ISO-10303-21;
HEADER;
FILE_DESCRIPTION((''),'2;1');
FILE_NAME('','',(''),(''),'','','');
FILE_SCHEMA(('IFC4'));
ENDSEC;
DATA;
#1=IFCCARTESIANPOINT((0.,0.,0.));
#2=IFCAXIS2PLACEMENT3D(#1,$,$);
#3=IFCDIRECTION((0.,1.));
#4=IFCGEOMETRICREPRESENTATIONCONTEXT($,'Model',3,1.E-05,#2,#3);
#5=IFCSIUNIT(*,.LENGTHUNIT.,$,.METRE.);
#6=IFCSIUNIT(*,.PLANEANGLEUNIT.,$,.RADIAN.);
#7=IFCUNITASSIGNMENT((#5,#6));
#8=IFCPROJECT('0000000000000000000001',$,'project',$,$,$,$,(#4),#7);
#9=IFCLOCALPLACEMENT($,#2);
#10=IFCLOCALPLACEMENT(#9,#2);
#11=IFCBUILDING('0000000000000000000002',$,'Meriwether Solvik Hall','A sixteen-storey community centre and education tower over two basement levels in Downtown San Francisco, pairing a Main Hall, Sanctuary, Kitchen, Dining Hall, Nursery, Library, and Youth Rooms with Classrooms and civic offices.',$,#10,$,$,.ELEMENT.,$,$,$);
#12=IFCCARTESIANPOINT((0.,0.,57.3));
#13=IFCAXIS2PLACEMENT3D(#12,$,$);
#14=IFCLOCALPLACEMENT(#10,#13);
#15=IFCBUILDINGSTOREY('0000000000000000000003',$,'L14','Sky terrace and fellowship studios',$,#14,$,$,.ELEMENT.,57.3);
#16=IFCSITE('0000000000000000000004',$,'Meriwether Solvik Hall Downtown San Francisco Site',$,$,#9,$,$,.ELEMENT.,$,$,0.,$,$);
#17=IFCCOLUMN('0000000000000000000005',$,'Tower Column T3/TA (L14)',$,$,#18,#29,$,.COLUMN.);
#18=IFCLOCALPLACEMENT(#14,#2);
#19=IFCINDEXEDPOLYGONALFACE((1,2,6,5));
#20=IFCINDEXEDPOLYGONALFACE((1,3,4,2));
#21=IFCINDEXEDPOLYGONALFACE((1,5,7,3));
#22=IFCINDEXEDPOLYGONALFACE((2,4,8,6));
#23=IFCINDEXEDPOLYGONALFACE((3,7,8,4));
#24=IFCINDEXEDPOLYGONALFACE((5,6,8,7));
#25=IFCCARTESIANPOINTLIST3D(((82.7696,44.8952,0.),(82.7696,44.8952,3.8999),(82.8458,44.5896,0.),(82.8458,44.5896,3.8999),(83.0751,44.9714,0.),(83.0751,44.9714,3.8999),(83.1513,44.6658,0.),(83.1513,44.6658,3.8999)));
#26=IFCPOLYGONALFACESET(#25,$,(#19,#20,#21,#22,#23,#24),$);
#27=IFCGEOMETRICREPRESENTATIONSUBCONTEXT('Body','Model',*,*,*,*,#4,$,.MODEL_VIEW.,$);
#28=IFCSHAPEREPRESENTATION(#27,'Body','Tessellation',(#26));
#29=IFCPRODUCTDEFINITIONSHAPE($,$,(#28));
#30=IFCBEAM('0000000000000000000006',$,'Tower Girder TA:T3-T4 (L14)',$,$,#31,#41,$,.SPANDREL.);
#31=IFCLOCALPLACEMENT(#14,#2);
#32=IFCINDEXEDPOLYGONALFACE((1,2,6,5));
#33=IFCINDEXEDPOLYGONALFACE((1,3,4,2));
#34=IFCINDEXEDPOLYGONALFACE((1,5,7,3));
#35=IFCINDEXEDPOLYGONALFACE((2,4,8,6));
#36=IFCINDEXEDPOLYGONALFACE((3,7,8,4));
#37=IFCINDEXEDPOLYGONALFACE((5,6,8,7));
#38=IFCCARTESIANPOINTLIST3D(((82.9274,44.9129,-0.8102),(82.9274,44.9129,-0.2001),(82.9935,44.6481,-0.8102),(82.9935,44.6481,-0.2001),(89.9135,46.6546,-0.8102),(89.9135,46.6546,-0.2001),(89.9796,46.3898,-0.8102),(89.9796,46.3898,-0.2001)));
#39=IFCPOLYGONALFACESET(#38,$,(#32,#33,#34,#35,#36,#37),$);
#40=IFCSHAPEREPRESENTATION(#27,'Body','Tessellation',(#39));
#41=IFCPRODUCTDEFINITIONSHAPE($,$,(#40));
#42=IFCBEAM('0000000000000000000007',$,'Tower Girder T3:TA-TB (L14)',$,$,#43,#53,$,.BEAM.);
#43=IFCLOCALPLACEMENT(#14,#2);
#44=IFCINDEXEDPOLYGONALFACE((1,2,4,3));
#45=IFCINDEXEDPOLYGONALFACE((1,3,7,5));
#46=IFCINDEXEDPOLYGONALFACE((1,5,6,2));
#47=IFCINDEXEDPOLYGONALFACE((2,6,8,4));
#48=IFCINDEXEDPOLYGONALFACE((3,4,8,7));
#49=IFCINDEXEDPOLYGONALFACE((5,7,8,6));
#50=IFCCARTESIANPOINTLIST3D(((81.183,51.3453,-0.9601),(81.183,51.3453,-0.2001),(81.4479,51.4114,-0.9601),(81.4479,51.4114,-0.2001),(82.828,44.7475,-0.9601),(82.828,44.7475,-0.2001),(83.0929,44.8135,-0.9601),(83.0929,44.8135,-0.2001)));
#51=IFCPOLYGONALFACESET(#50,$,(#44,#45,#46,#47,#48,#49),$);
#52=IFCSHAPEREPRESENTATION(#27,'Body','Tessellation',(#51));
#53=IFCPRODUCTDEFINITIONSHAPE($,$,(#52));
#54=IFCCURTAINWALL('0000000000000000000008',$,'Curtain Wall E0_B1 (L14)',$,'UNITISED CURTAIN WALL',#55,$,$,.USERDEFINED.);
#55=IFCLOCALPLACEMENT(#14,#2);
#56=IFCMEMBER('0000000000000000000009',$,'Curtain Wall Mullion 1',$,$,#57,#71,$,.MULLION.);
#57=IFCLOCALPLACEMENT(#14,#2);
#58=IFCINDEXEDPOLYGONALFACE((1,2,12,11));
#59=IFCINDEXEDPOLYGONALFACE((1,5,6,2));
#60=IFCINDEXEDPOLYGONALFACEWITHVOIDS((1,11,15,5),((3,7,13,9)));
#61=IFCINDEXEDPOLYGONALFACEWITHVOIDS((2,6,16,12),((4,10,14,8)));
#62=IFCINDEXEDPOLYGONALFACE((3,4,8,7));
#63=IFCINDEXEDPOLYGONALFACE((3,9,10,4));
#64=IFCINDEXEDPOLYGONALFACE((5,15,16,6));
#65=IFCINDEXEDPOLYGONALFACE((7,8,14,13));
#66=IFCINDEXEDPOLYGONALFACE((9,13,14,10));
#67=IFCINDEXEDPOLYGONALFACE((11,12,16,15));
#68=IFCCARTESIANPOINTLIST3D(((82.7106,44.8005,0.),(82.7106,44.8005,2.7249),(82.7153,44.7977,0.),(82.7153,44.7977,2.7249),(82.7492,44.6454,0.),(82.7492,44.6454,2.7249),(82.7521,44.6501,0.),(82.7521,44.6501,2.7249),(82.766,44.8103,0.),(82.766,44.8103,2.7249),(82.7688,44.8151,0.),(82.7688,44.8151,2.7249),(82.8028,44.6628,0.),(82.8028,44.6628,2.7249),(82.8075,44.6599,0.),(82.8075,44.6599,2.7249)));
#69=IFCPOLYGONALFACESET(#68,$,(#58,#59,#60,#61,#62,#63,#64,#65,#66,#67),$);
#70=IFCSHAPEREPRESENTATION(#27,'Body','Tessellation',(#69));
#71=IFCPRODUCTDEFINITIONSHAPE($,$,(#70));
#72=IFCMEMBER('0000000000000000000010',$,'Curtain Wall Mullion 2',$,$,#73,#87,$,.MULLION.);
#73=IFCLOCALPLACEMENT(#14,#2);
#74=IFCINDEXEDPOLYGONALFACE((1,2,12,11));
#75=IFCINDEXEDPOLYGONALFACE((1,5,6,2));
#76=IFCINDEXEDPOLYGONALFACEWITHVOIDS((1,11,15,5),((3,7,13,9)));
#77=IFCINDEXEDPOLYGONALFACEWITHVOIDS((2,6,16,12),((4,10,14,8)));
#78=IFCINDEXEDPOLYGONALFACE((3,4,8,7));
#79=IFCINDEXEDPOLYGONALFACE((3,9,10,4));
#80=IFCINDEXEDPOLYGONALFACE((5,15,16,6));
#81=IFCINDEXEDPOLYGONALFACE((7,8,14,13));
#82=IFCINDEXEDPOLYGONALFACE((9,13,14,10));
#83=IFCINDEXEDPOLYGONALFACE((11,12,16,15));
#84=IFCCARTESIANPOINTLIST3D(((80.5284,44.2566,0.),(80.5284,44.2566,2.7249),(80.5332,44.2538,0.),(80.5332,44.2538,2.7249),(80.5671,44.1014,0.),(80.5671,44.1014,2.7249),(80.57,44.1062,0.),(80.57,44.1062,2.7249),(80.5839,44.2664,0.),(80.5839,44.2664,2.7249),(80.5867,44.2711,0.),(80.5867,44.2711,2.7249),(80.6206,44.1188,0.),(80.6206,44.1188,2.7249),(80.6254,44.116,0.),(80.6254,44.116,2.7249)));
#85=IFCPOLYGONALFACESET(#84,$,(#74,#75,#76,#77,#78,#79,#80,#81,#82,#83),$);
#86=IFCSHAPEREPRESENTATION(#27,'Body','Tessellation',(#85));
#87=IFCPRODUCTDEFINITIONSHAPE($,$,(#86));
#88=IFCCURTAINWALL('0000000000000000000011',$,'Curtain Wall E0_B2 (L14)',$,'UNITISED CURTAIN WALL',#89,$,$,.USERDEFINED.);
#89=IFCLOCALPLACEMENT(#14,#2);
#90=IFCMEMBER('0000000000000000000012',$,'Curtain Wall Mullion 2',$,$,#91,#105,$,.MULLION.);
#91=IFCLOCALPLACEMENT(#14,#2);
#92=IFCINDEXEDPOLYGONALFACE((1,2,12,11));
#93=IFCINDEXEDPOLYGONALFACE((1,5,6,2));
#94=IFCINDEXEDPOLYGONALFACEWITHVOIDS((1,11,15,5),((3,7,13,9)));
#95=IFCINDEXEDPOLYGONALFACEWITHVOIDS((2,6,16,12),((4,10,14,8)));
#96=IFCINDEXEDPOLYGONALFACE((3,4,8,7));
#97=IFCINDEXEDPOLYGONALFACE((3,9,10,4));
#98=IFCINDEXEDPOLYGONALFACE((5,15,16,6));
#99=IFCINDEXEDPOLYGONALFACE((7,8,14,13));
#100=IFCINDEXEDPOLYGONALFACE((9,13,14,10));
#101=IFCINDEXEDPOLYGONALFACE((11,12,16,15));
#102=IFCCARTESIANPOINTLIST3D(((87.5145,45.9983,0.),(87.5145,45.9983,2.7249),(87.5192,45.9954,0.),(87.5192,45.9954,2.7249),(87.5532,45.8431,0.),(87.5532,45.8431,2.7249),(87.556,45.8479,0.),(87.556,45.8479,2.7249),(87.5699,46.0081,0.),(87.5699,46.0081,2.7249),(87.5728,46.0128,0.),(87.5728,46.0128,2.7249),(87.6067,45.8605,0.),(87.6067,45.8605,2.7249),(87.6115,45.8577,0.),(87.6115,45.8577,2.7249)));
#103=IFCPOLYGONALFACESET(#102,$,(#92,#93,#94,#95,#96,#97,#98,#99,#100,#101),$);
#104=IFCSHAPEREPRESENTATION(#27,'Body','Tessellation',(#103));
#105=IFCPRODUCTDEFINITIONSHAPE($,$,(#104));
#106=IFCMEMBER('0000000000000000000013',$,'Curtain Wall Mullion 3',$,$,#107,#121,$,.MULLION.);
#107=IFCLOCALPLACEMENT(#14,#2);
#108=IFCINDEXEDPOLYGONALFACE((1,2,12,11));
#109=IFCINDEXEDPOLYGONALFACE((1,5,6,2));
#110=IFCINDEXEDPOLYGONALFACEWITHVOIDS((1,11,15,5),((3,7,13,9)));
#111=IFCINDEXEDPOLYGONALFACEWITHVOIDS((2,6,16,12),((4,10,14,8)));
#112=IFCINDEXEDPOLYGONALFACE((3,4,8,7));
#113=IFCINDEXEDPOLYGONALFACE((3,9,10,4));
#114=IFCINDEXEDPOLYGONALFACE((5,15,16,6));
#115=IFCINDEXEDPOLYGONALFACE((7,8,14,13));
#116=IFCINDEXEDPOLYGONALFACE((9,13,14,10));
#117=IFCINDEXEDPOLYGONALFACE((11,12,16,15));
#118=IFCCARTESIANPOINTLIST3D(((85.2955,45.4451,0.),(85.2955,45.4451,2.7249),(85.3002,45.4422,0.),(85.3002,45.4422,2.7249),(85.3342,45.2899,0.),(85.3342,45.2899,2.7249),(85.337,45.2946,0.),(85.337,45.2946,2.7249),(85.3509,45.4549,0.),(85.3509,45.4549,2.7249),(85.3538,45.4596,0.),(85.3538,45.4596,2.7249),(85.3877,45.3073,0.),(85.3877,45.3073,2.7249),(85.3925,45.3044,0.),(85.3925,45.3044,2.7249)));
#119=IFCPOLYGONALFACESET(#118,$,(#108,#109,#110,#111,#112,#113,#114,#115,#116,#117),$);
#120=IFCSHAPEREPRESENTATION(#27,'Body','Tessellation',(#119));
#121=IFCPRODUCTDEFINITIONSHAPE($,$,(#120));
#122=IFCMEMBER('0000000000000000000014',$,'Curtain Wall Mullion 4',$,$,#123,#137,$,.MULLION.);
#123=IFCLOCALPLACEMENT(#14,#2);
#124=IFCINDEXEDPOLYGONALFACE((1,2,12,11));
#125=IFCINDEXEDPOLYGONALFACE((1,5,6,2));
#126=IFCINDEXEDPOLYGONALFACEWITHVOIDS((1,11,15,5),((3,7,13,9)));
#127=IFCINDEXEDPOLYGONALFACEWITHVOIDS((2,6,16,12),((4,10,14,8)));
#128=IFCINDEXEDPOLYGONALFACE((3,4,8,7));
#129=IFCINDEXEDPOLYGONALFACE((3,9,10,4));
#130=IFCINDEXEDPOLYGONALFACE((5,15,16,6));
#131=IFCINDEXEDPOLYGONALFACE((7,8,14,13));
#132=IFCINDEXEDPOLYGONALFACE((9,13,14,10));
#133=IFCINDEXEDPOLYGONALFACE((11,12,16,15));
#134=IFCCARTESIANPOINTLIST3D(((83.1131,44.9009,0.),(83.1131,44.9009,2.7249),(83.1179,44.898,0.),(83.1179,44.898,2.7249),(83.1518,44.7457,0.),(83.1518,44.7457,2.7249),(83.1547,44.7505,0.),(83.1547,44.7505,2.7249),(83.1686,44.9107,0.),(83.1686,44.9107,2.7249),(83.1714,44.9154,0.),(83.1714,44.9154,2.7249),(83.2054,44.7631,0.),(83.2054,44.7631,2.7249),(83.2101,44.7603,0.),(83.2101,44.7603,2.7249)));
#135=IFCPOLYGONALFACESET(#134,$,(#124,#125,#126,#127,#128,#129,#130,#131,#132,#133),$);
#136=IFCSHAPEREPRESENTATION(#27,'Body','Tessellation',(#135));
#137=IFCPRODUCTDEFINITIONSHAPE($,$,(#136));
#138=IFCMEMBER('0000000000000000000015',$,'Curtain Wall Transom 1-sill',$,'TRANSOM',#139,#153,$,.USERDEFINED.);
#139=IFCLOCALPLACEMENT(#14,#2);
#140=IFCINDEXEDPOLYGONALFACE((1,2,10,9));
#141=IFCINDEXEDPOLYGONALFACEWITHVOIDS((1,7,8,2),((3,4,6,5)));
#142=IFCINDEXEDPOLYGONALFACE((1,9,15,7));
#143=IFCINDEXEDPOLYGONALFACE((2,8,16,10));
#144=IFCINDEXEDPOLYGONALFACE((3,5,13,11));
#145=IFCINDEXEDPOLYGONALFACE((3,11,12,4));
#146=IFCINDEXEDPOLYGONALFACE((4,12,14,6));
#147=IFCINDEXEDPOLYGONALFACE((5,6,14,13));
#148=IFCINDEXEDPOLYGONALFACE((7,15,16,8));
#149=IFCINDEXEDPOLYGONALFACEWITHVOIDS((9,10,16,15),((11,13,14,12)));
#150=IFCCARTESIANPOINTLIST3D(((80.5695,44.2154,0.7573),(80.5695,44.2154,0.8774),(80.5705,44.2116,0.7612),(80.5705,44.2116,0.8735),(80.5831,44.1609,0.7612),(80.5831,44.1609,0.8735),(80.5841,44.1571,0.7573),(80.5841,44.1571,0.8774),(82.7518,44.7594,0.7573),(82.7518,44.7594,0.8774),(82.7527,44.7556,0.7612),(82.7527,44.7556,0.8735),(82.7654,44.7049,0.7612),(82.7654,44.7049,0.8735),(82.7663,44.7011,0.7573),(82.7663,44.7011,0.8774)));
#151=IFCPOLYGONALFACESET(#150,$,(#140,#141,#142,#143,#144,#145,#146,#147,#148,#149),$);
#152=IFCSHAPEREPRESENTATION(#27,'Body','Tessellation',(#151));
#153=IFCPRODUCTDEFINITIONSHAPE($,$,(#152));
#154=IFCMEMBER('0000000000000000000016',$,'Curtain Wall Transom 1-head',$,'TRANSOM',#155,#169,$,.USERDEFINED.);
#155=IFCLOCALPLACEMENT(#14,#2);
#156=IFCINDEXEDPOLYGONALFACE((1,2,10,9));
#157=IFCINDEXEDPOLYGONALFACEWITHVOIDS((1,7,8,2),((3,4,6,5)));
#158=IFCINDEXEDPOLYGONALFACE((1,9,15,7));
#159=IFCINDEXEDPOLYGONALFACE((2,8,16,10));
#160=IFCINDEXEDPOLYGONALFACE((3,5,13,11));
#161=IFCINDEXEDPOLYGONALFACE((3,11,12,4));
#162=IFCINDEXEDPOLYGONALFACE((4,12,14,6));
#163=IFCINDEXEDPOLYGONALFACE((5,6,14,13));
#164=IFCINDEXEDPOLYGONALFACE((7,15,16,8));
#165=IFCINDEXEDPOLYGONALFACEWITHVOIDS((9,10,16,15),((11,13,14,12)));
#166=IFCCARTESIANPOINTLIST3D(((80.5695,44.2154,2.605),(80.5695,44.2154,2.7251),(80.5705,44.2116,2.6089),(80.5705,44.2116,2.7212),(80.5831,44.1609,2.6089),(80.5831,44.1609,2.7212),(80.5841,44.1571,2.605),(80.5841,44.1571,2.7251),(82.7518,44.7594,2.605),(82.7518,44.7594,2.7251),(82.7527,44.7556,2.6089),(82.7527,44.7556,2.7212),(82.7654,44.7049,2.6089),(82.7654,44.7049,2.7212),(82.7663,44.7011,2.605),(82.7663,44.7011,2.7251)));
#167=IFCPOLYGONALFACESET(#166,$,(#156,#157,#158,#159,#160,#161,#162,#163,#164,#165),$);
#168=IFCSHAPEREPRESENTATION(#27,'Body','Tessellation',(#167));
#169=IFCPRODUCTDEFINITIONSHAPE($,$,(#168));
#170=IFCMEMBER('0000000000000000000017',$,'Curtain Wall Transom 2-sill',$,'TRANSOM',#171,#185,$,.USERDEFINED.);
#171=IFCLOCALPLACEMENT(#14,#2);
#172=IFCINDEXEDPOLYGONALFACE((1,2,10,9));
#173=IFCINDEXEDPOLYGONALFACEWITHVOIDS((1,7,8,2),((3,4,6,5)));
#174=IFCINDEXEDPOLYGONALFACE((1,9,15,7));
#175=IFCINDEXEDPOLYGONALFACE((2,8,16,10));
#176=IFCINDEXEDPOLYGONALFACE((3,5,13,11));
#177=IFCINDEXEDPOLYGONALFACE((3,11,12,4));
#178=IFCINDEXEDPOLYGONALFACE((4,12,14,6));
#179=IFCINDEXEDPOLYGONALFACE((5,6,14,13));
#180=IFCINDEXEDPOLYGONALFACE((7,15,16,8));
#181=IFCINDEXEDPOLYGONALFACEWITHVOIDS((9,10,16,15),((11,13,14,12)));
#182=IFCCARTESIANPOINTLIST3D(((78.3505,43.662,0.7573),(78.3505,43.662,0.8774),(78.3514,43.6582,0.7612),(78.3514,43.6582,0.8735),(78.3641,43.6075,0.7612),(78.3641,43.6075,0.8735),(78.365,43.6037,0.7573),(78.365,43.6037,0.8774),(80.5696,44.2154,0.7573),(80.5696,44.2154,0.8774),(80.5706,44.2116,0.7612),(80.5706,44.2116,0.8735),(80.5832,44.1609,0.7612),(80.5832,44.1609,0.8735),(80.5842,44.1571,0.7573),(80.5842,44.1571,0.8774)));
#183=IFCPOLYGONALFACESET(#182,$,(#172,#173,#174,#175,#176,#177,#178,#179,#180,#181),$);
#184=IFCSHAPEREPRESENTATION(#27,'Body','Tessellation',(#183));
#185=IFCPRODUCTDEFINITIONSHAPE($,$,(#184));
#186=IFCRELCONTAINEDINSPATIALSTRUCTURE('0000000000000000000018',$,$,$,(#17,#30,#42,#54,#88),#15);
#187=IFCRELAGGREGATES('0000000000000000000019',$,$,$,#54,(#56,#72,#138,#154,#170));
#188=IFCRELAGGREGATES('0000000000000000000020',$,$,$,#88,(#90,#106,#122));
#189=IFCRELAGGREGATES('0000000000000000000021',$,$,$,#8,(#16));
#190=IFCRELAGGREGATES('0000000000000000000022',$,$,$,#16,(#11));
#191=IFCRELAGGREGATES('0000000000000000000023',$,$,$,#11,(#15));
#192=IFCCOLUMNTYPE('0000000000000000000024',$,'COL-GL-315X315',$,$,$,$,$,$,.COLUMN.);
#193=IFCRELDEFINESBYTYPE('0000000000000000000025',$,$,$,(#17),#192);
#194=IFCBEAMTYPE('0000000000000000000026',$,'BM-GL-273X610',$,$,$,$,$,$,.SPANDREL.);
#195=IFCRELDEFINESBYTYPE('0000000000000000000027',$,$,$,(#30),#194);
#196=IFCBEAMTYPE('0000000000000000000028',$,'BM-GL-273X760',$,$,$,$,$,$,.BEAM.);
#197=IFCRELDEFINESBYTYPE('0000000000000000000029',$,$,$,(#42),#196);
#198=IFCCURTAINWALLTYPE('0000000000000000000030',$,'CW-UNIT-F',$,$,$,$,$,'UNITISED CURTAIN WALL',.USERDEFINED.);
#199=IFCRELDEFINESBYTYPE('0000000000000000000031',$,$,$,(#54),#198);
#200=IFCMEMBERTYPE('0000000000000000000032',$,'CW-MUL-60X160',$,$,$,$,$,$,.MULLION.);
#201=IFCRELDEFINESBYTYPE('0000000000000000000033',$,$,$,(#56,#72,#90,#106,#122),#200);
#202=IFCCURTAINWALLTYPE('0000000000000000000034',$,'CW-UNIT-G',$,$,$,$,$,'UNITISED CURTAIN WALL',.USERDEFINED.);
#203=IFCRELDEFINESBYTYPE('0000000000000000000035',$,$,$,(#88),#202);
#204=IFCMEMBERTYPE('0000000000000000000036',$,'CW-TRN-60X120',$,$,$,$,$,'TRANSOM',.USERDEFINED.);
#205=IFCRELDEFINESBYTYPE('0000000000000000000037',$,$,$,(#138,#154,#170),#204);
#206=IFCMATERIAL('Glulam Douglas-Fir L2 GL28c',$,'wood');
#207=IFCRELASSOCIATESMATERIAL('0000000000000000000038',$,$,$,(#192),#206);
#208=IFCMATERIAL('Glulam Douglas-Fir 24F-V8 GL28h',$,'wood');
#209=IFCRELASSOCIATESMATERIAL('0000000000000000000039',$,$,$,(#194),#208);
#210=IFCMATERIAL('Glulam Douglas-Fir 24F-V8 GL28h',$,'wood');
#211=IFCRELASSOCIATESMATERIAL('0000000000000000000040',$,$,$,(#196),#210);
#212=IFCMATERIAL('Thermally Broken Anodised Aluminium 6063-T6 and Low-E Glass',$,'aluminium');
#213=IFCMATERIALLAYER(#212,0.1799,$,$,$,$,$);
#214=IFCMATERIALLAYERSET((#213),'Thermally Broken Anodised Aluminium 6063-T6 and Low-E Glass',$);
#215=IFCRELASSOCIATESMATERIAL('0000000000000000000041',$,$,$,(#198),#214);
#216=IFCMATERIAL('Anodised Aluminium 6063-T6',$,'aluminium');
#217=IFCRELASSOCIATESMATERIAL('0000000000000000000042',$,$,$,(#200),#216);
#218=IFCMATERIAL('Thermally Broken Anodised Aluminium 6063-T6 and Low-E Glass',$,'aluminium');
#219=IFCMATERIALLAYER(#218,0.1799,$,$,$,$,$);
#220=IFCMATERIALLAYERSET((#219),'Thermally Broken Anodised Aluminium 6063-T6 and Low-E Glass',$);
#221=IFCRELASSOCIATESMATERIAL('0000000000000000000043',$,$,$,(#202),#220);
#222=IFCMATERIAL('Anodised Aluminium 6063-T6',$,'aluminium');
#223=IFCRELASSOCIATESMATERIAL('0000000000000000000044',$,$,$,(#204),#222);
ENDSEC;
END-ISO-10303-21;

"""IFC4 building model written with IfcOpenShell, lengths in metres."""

from ifc_helpers import new_model, si_unit, direction, frame, origin, origin_2d, place, context, subcontext, project, spatial, rectangle, hollow_rectangle, extrude, material, layer, layer_set, material_profile, profile_set, type_object, element, aggregate, save


model = new_model("IFC4")

# Units and contexts
model_context = context("Model", 3, precision=1e-05, world=origin(), true_north=direction((0.0, 1.0)))
body_context = subcontext(model_context, "Body", "Model", "MODEL_VIEW")
ifc_project = project(units=[si_unit("LENGTHUNIT", "METRE"), si_unit("PLANEANGLEUNIT", "RADIAN")], contexts=[model_context])

# Site, building, storey
site_placement = place(None, origin())
site = spatial("IfcSite", under=ifc_project, at=site_placement, Name="Meriwether Solvik Hall Downtown San Francisco Site", CompositionType="ELEMENT", RefElevation=0.0)
building_placement = place(site_placement, origin())
building = spatial("IfcBuilding", under=site, at=building_placement, Name="Meriwether Solvik Hall", Description="A sixteen-storey community centre and education tower over two basement levels in Downtown San Francisco, pairing a Main Hall, Sanctuary, Kitchen, Dining Hall, Nursery, Library, and Youth Rooms with Classrooms and civic offices.", CompositionType="ELEMENT")
storey_placement = place(building_placement, frame((0.0, 0.0, 57.3)))
storey = spatial("IfcBuildingStorey", under=building, at=storey_placement, Name="L14", Description="Sky terrace and fellowship studios", CompositionType="ELEMENT", Elevation=57.3)

# Column
ifc_material_1 = material(Name="Glulam Douglas-Fir L2 GL28c", Category="wood")
ifc_material_profile_1 = material_profile(ifc_material_1, rectangle(XDim=0.3149, YDim=0.3149, at=origin_2d()), Name="GLC-315X315")
ifc_profile_set_1 = profile_set([ifc_material_profile_1], Name="Glulam Douglas-Fir L2 GL28c")
column_type = type_object("IfcColumnType", Name="COL-GL-315X315", PredefinedType="COLUMN", material=ifc_profile_set_1)
column_placement = place(storey_placement, frame((82.9604, 44.7805, 0.0), z_axis=(0.0, 0.0, 1.0), x_axis=(0.970296, 0.241922, 0.0)))
element("IfcColumn", 1, at=column_placement, inside=storey, type_object=column_type, Name="Tower Column T3/TA (L14)", PredefinedType="COLUMN", context=body_context, shape_type="SweptSolid", body=[
    extrude(rectangle(XDim=0.3149, YDim=0.3149, at=origin_2d()), origin(), (0.0, 0.0, 1.0), 3.8999),
])

# Beams
ifc_material_2 = material(Name="Glulam Douglas-Fir 24F-V8 GL28h", Category="wood")
ifc_material_profile_2 = material_profile(ifc_material_2, rectangle(XDim=0.2729, YDim=0.6101, at=origin_2d()), Name="GLB-273X610")
ifc_profile_set_2 = profile_set([ifc_material_profile_2], Name="Glulam Douglas-Fir 24F-V8 GL28h")
beam_type_1 = type_object("IfcBeamType", Name="BM-GL-273X610", PredefinedType="SPANDREL", material=ifc_profile_set_2)
beam_1_placement = place(storey_placement, frame((82.9604, 44.7805, -0.5051), z_axis=(0.9703, 0.241905, 0.0), x_axis=(-0.241905, 0.9703, 0.0)))
element("IfcBeam", 2, at=beam_1_placement, inside=storey, type_object=beam_type_1, Name="Tower Girder TA:T3-T4 (L14)", PredefinedType="SPANDREL", context=body_context, shape_type="SweptSolid", body=[
    extrude(rectangle(XDim=0.2729, YDim=0.6101, at=origin_2d()), origin(), (0.0, 0.0, 1.0), 7.2),
])
ifc_material_3 = material(Name="Glulam Douglas-Fir 24F-V8 GL28h", Category="wood")
ifc_material_profile_3 = material_profile(ifc_material_3, rectangle(XDim=0.2729, YDim=0.76, at=origin_2d()), Name="GLB-273X760")
ifc_profile_set_3 = profile_set([ifc_material_profile_3], Name="Glulam Douglas-Fir 24F-V8 GL28h")
beam_type_2 = type_object("IfcBeamType", Name="BM-GL-273X760", PredefinedType="BEAM", material=ifc_profile_set_3)
beam_2_placement = place(storey_placement, frame((82.9604, 44.7805, -0.5801), z_axis=(-0.241919, 0.970296, 0.0), x_axis=(-0.970296, -0.241919, 0.0)))
element("IfcBeam", 3, at=beam_2_placement, inside=storey, type_object=beam_type_2, Name="Tower Girder T3:TA-TB (L14)", PredefinedType="BEAM", context=body_context, shape_type="SweptSolid", body=[
    extrude(rectangle(XDim=0.2729, YDim=0.76, at=origin_2d()), origin(), (0.0, 0.0, 1.0), 6.7998),
])

# Curtain walls, members
ifc_material_4 = material(Name="Thermally Broken Anodised Aluminium 6063-T6 and Low-E Glass", Category="aluminium")
ifc_layer_1 = layer(ifc_material_4, 0.1799)
ifc_layer_set_1 = layer_set([ifc_layer_1], Name="Thermally Broken Anodised Aluminium 6063-T6 and Low-E Glass")
curtain_wall_type_1 = type_object("IfcCurtainWallType", Name="CW-UNIT-F", ElementType="UNITISED CURTAIN WALL", PredefinedType="USERDEFINED", material=ifc_layer_set_1)
curtain_wall_1_placement = place(storey_placement, origin())
curtain_wall_1 = element("IfcCurtainWall", 4, at=curtain_wall_1_placement, inside=storey, type_object=curtain_wall_type_1, Name="Curtain Wall E0_B1 (L14)", ObjectType="UNITISED CURTAIN WALL", PredefinedType="USERDEFINED")
ifc_material_5 = material(Name="Anodised Aluminium 6063-T6", Category="aluminium")
ifc_material_profile_4 = material_profile(ifc_material_5, hollow_rectangle(XDim=0.0601, YDim=0.1599, WallThickness=0.0039, at=origin_2d()), Name="CWM-60X160")
ifc_profile_set_4 = profile_set([ifc_material_profile_4], Name="Anodised Aluminium 6063-T6")
member_type_1 = type_object("IfcMemberType", Name="CW-MUL-60X160", PredefinedType="MULLION", material=ifc_profile_set_4)
member_1_placement = place(storey_placement, frame((82.759, 44.7302, 0.0), z_axis=(0.0, 0.0, 1.0), x_axis=(-0.970296, -0.241922, 0.0)))
member_1 = element("IfcMember", 5, at=member_1_placement, type_object=member_type_1, Name="Curtain Wall Mullion 1", PredefinedType="MULLION", context=body_context, shape_type="SweptSolid", body=[
    extrude(hollow_rectangle(XDim=0.0601, YDim=0.1599, WallThickness=0.0039, at=origin_2d()), origin(), (0.0, 0.0, 1.0), 2.7249),
])
member_2_placement = place(storey_placement, frame((80.5769, 44.1863, 0.0), z_axis=(0.0, 0.0, 1.0), x_axis=(-0.970296, -0.241922, 0.0)))
member_2 = element("IfcMember", 6, at=member_2_placement, type_object=member_type_1, Name="Curtain Wall Mullion 2", PredefinedType="MULLION", context=body_context, shape_type="SweptSolid", body=[
    extrude(hollow_rectangle(XDim=0.0601, YDim=0.1599, WallThickness=0.0039, at=origin_2d()), origin(), (0.0, 0.0, 1.0), 2.7249),
])
ifc_material_6 = material(Name="Thermally Broken Anodised Aluminium 6063-T6 and Low-E Glass", Category="aluminium")
ifc_layer_2 = layer(ifc_material_6, 0.1799)
ifc_layer_set_2 = layer_set([ifc_layer_2], Name="Thermally Broken Anodised Aluminium 6063-T6 and Low-E Glass")
curtain_wall_type_2 = type_object("IfcCurtainWallType", Name="CW-UNIT-G", ElementType="UNITISED CURTAIN WALL", PredefinedType="USERDEFINED", material=ifc_layer_set_2)
curtain_wall_2_placement = place(storey_placement, origin())
curtain_wall_2 = element("IfcCurtainWall", 7, at=curtain_wall_2_placement, inside=storey, type_object=curtain_wall_type_2, Name="Curtain Wall E0_B2 (L14)", ObjectType="UNITISED CURTAIN WALL", PredefinedType="USERDEFINED")
member_3_placement = place(storey_placement, frame((87.563, 45.928, 0.0), z_axis=(0.0, 0.0, 1.0), x_axis=(-0.970296, -0.241922, 0.0)))
member_3 = element("IfcMember", 8, at=member_3_placement, type_object=member_type_1, Name="Curtain Wall Mullion 2", PredefinedType="MULLION", context=body_context, shape_type="SweptSolid", body=[
    extrude(hollow_rectangle(XDim=0.0601, YDim=0.1599, WallThickness=0.0039, at=origin_2d()), origin(), (0.0, 0.0, 1.0), 2.7249),
])
member_4_placement = place(storey_placement, frame((85.344, 45.3748, 0.0), z_axis=(0.0, 0.0, 1.0), x_axis=(-0.970296, -0.241922, 0.0)))
member_4 = element("IfcMember", 9, at=member_4_placement, type_object=member_type_1, Name="Curtain Wall Mullion 3", PredefinedType="MULLION", context=body_context, shape_type="SweptSolid", body=[
    extrude(hollow_rectangle(XDim=0.0601, YDim=0.1599, WallThickness=0.0039, at=origin_2d()), origin(), (0.0, 0.0, 1.0), 2.7249),
])
member_5_placement = place(storey_placement, frame((83.1616, 44.8306, 0.0), z_axis=(0.0, 0.0, 1.0), x_axis=(-0.970296, -0.241922, 0.0)))
member_5 = element("IfcMember", 10, at=member_5_placement, type_object=member_type_1, Name="Curtain Wall Mullion 4", PredefinedType="MULLION", context=body_context, shape_type="SweptSolid", body=[
    extrude(hollow_rectangle(XDim=0.0601, YDim=0.1599, WallThickness=0.0039, at=origin_2d()), origin(), (0.0, 0.0, 1.0), 2.7249),
])

# Members
ifc_material_7 = material(Name="Anodised Aluminium 6063-T6", Category="aluminium")
ifc_material_profile_5 = material_profile(ifc_material_7, hollow_rectangle(XDim=0.0601, YDim=0.1201, WallThickness=0.0039, at=origin_2d()), Name="CWT-60X120")
ifc_profile_set_5 = profile_set([ifc_material_profile_5], Name="Anodised Aluminium 6063-T6")
member_type_2 = type_object("IfcMemberType", Name="CW-TRN-60X120", ElementType="TRANSOM", PredefinedType="USERDEFINED", material=ifc_profile_set_5)
member_6_placement = place(storey_placement, frame((82.759, 44.7302, 0.8174), z_axis=(-0.970308, -0.241871, 0.0), x_axis=(0.241871, -0.970308, 0.0)))
member_6 = element("IfcMember", 11, at=member_6_placement, type_object=member_type_2, Name="Curtain Wall Transom 1-sill", ObjectType="TRANSOM", PredefinedType="USERDEFINED", context=body_context, shape_type="SweptSolid", body=[
    extrude(hollow_rectangle(XDim=0.0601, YDim=0.1201, WallThickness=0.0039, at=origin_2d()), origin(), (0.0, 0.0, 1.0), 2.249),
])
member_7_placement = place(storey_placement, frame((82.759, 44.7302, 2.665), z_axis=(-0.970308, -0.241871, 0.0), x_axis=(0.241871, -0.970308, 0.0)))
member_7 = element("IfcMember", 12, at=member_7_placement, type_object=member_type_2, Name="Curtain Wall Transom 1-head", ObjectType="TRANSOM", PredefinedType="USERDEFINED", context=body_context, shape_type="SweptSolid", body=[
    extrude(hollow_rectangle(XDim=0.0601, YDim=0.1201, WallThickness=0.0039, at=origin_2d()), origin(), (0.0, 0.0, 1.0), 2.249),
])
member_8_placement = place(storey_placement, frame((80.5769, 44.1863, 0.8174), z_axis=(-0.97028, -0.241983, 0.0), x_axis=(0.241983, -0.97028, 0.0)))
member_8 = element("IfcMember", 13, at=member_8_placement, type_object=member_type_2, Name="Curtain Wall Transom 2-sill", ObjectType="TRANSOM", PredefinedType="USERDEFINED", context=body_context, shape_type="SweptSolid", body=[
    extrude(hollow_rectangle(XDim=0.0601, YDim=0.1201, WallThickness=0.0039, at=origin_2d()), origin(), (0.0, 0.0, 1.0), 2.2871),
])

aggregate(curtain_wall_1, [member_1, member_2, member_6, member_7, member_8])
aggregate(curtain_wall_2, [member_3, member_4, member_5])

save(model, "model.ifc")
